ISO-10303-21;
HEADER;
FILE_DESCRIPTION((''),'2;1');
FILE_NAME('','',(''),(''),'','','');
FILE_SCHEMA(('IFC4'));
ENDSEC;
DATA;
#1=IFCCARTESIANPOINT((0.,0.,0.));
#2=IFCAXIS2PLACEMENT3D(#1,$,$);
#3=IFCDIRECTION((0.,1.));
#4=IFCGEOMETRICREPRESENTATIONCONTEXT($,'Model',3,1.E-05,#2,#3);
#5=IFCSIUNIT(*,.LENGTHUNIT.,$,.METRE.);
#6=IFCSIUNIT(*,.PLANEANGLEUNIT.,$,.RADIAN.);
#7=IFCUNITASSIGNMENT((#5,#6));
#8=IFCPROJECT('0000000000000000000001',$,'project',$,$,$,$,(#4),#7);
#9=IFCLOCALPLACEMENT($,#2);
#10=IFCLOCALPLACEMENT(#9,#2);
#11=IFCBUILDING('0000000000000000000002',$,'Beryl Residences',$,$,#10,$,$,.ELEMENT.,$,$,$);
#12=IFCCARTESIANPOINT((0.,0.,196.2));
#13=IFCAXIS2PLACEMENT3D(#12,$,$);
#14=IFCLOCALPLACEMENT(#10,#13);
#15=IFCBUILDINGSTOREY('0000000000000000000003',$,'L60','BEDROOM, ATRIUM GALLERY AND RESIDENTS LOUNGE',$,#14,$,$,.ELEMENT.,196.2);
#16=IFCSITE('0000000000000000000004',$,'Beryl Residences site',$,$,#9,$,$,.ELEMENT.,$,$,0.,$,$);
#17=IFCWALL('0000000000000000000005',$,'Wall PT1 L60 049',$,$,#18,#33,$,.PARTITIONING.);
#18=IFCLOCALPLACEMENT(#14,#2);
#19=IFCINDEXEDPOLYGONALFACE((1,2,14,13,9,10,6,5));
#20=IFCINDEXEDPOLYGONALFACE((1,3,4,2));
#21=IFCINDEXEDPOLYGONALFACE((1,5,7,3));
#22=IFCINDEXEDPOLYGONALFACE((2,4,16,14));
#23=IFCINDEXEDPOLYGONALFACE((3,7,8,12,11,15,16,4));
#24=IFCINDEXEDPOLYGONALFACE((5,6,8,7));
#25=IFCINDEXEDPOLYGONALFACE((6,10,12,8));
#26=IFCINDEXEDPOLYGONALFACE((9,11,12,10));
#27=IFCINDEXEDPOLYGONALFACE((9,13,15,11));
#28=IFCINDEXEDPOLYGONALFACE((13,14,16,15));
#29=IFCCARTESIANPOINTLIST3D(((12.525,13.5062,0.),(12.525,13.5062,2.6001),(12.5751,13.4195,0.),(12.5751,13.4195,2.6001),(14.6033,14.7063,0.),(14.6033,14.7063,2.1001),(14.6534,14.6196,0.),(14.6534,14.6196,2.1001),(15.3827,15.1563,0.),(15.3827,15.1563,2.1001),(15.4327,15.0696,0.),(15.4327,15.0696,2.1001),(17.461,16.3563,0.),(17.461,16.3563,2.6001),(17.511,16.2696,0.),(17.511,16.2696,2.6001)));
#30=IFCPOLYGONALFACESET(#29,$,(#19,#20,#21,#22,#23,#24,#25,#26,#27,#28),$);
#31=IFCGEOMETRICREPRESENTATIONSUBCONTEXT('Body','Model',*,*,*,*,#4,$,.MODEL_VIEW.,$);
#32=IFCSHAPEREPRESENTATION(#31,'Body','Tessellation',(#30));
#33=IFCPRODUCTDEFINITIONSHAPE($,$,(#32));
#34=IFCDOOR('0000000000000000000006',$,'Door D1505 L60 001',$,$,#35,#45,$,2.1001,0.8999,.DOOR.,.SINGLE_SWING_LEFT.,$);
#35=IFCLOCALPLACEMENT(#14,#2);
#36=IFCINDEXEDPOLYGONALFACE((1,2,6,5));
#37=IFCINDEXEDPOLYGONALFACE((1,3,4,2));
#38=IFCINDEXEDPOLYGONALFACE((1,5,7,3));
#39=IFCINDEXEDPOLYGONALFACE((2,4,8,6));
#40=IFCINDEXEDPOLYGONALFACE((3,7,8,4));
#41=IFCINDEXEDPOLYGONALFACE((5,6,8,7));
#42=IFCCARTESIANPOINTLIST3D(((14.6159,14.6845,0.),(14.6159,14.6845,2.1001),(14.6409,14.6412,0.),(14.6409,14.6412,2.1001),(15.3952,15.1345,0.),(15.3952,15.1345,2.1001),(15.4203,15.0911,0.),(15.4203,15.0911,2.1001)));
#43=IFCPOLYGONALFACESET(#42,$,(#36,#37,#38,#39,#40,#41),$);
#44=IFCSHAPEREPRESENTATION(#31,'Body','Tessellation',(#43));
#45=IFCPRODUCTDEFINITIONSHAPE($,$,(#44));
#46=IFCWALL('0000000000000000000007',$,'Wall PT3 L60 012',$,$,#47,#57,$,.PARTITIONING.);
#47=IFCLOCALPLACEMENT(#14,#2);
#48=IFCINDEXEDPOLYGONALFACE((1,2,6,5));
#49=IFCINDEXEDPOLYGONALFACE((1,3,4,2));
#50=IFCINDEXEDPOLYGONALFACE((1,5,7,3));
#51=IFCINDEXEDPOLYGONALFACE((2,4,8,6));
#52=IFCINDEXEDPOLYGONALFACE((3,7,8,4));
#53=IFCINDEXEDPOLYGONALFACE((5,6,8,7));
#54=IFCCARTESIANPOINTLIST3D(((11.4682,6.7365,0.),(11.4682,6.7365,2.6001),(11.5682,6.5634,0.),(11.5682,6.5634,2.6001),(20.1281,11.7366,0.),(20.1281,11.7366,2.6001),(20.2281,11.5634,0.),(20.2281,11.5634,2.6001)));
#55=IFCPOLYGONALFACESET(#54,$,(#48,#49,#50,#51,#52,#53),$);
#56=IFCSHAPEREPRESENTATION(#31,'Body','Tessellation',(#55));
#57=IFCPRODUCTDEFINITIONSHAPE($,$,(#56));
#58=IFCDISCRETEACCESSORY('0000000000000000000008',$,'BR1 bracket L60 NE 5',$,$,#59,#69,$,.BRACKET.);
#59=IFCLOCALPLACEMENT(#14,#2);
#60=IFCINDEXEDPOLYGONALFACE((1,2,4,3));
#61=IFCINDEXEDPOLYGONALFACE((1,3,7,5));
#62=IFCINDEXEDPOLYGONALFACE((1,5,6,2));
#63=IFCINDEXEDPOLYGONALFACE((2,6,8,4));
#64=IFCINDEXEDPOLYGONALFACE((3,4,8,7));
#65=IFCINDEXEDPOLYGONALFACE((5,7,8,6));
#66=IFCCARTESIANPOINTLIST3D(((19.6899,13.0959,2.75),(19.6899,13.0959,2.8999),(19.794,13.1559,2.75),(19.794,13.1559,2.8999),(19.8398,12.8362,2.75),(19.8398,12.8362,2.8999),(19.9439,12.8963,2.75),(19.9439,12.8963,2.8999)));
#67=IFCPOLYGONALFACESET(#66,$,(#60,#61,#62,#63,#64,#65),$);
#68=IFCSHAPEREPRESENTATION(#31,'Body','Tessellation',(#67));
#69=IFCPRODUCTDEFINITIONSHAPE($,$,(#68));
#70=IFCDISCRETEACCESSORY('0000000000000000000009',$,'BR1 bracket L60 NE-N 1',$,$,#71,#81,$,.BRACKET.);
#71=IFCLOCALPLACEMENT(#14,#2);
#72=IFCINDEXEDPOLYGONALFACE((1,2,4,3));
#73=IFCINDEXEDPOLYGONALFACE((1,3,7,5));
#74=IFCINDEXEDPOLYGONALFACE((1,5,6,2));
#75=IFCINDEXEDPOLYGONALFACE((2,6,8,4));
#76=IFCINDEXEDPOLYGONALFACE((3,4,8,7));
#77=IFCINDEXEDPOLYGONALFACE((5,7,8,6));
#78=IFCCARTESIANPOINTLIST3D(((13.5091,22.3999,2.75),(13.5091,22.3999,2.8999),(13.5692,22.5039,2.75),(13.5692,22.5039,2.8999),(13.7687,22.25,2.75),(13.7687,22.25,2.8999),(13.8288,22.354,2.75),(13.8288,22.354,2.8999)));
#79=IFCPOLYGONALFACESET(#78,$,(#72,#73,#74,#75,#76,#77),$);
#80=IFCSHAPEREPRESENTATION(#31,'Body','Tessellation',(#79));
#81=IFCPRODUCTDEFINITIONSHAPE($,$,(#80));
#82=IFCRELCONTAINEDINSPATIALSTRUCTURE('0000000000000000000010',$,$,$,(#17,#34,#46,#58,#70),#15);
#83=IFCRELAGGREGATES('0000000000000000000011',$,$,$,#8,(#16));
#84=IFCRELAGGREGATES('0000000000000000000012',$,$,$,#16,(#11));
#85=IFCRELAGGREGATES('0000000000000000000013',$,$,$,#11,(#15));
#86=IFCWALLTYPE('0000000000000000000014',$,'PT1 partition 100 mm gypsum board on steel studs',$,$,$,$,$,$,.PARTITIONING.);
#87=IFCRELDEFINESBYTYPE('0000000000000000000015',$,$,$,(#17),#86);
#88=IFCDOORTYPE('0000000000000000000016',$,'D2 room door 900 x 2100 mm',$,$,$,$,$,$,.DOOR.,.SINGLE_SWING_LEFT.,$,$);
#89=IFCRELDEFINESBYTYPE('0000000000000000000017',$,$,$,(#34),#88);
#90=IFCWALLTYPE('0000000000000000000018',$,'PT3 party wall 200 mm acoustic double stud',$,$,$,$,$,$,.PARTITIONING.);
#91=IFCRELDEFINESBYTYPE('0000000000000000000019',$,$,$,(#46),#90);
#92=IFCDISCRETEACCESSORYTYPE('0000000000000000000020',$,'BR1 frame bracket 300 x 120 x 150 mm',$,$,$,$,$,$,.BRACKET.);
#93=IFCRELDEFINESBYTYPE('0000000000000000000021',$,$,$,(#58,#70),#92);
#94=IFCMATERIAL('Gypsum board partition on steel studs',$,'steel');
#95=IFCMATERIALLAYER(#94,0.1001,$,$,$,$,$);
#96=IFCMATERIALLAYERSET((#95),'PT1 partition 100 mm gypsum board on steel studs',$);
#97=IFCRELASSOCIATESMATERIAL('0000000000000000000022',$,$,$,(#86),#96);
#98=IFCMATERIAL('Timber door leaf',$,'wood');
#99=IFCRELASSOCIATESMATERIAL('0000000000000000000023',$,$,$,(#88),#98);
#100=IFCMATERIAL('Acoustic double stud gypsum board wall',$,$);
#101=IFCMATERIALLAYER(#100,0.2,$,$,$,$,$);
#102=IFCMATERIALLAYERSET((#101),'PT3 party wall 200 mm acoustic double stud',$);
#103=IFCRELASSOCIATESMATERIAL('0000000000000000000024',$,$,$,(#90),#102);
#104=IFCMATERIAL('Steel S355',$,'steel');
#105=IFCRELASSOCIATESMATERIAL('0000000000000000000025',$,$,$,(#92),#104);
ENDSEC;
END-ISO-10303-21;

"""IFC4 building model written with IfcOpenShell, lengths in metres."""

from ifc_helpers import new_model, si_unit, direction, frame, frame_2d, origin, place, context, subcontext, project, spatial, polyline, rectangle, outline, extrude, source, transform, mapped, material, layer, layer_set, type_object, type_shapes, element, fill, save


model = new_model("IFC4")

# Units and contexts
model_context = context("Model", 3, precision=1e-05, world=origin(), true_north=direction((0.0, 1.0)))
body_context = subcontext(model_context, "Body", "Model", "MODEL_VIEW")
ifc_project = project(units=[si_unit("LENGTHUNIT", "METRE"), si_unit("PLANEANGLEUNIT", "RADIAN")], contexts=[model_context])

# Site, building, storey
site_placement = place(None, origin())
site = spatial("IfcSite", under=ifc_project, at=site_placement, Name="Beryl Residences site", CompositionType="ELEMENT", RefElevation=0.0)
building_placement = place(site_placement, origin())
building = spatial("IfcBuilding", under=site, at=building_placement, Name="Beryl Residences", CompositionType="ELEMENT")
storey_placement = place(building_placement, frame((0.0, 0.0, 196.2)))
storey = spatial("IfcBuildingStorey", under=building, at=storey_placement, Name="L60", Description="BEDROOM, ATRIUM GALLERY AND RESIDENTS LOUNGE", CompositionType="ELEMENT", Elevation=196.2)

# Shared definitions
ifc_material_1 = material(Name="Gypsum board partition on steel studs", Category="steel")
ifc_layer_1 = layer(ifc_material_1, 0.1001)
ifc_layer_set_1 = layer_set([ifc_layer_1], Name="PT1 partition 100 mm gypsum board on steel studs")
wall_type_1 = type_object("IfcWallType", Name="PT1 partition 100 mm gypsum board on steel studs", PredefinedType="PARTITIONING", material=ifc_layer_set_1)

# Wall, opening, door
wall_1_placement = place(storey_placement, frame((12.55, 13.4629, 0.0), z_axis=(0.0, 0.0, 1.0), x_axis=(0.866004, 0.500036, 0.0)))
wall_1 = element("IfcWall", 1, at=wall_1_placement, inside=storey, type_object=wall_type_1, Name="Wall PT1 L60 049", PredefinedType="PARTITIONING", context=body_context, shape_type="SweptSolid", body=[
    extrude(rectangle(XDim=5.6997, YDim=0.1001, at=frame_2d((2.8499, 0.0))), origin(), (0.0, 0.0, 1.0), 2.6001),
])
opening_1_placement = place(wall_1_placement, frame((2.3999, 0.0, 0.0)))
opening_1 = element("IfcOpeningElement", 2, at=opening_1_placement, cuts=wall_1, PredefinedType="OPENING", context=body_context, shape_type="SweptSolid", body=[
    extrude(rectangle(XDim=0.8999, YDim=2.1001, at=frame_2d((0.45, 1.05))), frame((0.0, 0.0601, 0.0), z_axis=(0.0, -1.0, 0.0), x_axis=(1.0, 0.0, 0.0)), (0.0, 0.0, 1.0), 0.1201),
])
ifc_material_2 = material(Name="Timber door leaf", Category="wood")
door_type = type_object("IfcDoorType", Name="D2 room door 900 x 2100 mm", OperationType="SINGLE_SWING_LEFT", PredefinedType="DOOR", material=ifc_material_2)
door_placement = place(opening_1_placement, origin())
door = element("IfcDoor", 3, at=door_placement, inside=storey, type_object=door_type, Name="Door D1505 L60 001", OperationType="SINGLE_SWING_LEFT", OverallHeight=2.1001, OverallWidth=0.8999, PredefinedType="DOOR", context=body_context, shape_type="SweptSolid", body=[
    extrude(rectangle(XDim=0.8999, YDim=2.1001, at=frame_2d((0.45, 1.05))), frame((0.0, 0.0249, 0.0), z_axis=(0.0, -1.0, 0.0), x_axis=(1.0, 0.0, 0.0)), (0.0, 0.0, 1.0), 0.05),
])
fill(opening_1, door)

# Wall
ifc_material_3 = material(Name="Acoustic double stud gypsum board wall")
ifc_layer_2 = layer(ifc_material_3, 0.2)
ifc_layer_set_2 = layer_set([ifc_layer_2], Name="PT3 party wall 200 mm acoustic double stud")
wall_type_2 = type_object("IfcWallType", Name="PT3 party wall 200 mm acoustic double stud", PredefinedType="PARTITIONING", material=ifc_layer_set_2)
wall_2_placement = place(storey_placement, frame((11.5181, 6.6499, 0.0), z_axis=(0.0, 0.0, 1.0), x_axis=(0.866017, 0.500015, 0.0)))
element("IfcWall", 4, at=wall_2_placement, inside=storey, type_object=wall_type_2, Name="Wall PT3 L60 012", PredefinedType="PARTITIONING", context=body_context, shape_type="SweptSolid", body=[
    extrude(rectangle(XDim=9.9998, YDim=0.2, at=frame_2d((5.0, 0.0))), origin(), (0.0, 0.0, 1.0), 2.6001),
])

# Discrete accessories
ifc_material_4 = material(Name="Steel S355", Category="steel")
discrete_accessory_type = type_object("IfcDiscreteAccessoryType", Name="BR1 frame bracket 300 x 120 x 150 mm", PredefinedType="BRACKET", material=ifc_material_4)
shared_shape_1 = source(origin(), body_context, "Body", "SweptSolid", [
    extrude(outline(polyline([(-0.1499, 0.0), (0.1499, 0.0), (0.1499, 0.1201), (-0.1499, 0.1201), (-0.1499, 0.0)])), origin(), (0.0, 0.0, 1.0), 0.1499),
])
type_shapes(discrete_accessory_type, [shared_shape_1])
for number, where, z_axis, x_axis, name in (
    (5, (19.7649, 12.9661, 2.75), (0.0, 0.0, 1.0), (0.5, -0.866025, 0.0), "BR1 bracket L60 NE 5"),
    (6, (13.6389, 22.325, 2.75), (0.0, 0.0, 1.0), (0.866025, -0.5, 0.0), "BR1 bracket L60 NE-N 1"),
):
    element("IfcDiscreteAccessory", number, at=place(storey_placement, frame(where, z_axis=z_axis, x_axis=x_axis)), inside=storey, type_object=discrete_accessory_type, Name=name, PredefinedType="BRACKET", context=body_context, shape_type="MappedRepresentation", body=[
        mapped(shared_shape_1, transform((0.0, 0.0, 0.0))),
    ])

save(model, "model.ifc")
